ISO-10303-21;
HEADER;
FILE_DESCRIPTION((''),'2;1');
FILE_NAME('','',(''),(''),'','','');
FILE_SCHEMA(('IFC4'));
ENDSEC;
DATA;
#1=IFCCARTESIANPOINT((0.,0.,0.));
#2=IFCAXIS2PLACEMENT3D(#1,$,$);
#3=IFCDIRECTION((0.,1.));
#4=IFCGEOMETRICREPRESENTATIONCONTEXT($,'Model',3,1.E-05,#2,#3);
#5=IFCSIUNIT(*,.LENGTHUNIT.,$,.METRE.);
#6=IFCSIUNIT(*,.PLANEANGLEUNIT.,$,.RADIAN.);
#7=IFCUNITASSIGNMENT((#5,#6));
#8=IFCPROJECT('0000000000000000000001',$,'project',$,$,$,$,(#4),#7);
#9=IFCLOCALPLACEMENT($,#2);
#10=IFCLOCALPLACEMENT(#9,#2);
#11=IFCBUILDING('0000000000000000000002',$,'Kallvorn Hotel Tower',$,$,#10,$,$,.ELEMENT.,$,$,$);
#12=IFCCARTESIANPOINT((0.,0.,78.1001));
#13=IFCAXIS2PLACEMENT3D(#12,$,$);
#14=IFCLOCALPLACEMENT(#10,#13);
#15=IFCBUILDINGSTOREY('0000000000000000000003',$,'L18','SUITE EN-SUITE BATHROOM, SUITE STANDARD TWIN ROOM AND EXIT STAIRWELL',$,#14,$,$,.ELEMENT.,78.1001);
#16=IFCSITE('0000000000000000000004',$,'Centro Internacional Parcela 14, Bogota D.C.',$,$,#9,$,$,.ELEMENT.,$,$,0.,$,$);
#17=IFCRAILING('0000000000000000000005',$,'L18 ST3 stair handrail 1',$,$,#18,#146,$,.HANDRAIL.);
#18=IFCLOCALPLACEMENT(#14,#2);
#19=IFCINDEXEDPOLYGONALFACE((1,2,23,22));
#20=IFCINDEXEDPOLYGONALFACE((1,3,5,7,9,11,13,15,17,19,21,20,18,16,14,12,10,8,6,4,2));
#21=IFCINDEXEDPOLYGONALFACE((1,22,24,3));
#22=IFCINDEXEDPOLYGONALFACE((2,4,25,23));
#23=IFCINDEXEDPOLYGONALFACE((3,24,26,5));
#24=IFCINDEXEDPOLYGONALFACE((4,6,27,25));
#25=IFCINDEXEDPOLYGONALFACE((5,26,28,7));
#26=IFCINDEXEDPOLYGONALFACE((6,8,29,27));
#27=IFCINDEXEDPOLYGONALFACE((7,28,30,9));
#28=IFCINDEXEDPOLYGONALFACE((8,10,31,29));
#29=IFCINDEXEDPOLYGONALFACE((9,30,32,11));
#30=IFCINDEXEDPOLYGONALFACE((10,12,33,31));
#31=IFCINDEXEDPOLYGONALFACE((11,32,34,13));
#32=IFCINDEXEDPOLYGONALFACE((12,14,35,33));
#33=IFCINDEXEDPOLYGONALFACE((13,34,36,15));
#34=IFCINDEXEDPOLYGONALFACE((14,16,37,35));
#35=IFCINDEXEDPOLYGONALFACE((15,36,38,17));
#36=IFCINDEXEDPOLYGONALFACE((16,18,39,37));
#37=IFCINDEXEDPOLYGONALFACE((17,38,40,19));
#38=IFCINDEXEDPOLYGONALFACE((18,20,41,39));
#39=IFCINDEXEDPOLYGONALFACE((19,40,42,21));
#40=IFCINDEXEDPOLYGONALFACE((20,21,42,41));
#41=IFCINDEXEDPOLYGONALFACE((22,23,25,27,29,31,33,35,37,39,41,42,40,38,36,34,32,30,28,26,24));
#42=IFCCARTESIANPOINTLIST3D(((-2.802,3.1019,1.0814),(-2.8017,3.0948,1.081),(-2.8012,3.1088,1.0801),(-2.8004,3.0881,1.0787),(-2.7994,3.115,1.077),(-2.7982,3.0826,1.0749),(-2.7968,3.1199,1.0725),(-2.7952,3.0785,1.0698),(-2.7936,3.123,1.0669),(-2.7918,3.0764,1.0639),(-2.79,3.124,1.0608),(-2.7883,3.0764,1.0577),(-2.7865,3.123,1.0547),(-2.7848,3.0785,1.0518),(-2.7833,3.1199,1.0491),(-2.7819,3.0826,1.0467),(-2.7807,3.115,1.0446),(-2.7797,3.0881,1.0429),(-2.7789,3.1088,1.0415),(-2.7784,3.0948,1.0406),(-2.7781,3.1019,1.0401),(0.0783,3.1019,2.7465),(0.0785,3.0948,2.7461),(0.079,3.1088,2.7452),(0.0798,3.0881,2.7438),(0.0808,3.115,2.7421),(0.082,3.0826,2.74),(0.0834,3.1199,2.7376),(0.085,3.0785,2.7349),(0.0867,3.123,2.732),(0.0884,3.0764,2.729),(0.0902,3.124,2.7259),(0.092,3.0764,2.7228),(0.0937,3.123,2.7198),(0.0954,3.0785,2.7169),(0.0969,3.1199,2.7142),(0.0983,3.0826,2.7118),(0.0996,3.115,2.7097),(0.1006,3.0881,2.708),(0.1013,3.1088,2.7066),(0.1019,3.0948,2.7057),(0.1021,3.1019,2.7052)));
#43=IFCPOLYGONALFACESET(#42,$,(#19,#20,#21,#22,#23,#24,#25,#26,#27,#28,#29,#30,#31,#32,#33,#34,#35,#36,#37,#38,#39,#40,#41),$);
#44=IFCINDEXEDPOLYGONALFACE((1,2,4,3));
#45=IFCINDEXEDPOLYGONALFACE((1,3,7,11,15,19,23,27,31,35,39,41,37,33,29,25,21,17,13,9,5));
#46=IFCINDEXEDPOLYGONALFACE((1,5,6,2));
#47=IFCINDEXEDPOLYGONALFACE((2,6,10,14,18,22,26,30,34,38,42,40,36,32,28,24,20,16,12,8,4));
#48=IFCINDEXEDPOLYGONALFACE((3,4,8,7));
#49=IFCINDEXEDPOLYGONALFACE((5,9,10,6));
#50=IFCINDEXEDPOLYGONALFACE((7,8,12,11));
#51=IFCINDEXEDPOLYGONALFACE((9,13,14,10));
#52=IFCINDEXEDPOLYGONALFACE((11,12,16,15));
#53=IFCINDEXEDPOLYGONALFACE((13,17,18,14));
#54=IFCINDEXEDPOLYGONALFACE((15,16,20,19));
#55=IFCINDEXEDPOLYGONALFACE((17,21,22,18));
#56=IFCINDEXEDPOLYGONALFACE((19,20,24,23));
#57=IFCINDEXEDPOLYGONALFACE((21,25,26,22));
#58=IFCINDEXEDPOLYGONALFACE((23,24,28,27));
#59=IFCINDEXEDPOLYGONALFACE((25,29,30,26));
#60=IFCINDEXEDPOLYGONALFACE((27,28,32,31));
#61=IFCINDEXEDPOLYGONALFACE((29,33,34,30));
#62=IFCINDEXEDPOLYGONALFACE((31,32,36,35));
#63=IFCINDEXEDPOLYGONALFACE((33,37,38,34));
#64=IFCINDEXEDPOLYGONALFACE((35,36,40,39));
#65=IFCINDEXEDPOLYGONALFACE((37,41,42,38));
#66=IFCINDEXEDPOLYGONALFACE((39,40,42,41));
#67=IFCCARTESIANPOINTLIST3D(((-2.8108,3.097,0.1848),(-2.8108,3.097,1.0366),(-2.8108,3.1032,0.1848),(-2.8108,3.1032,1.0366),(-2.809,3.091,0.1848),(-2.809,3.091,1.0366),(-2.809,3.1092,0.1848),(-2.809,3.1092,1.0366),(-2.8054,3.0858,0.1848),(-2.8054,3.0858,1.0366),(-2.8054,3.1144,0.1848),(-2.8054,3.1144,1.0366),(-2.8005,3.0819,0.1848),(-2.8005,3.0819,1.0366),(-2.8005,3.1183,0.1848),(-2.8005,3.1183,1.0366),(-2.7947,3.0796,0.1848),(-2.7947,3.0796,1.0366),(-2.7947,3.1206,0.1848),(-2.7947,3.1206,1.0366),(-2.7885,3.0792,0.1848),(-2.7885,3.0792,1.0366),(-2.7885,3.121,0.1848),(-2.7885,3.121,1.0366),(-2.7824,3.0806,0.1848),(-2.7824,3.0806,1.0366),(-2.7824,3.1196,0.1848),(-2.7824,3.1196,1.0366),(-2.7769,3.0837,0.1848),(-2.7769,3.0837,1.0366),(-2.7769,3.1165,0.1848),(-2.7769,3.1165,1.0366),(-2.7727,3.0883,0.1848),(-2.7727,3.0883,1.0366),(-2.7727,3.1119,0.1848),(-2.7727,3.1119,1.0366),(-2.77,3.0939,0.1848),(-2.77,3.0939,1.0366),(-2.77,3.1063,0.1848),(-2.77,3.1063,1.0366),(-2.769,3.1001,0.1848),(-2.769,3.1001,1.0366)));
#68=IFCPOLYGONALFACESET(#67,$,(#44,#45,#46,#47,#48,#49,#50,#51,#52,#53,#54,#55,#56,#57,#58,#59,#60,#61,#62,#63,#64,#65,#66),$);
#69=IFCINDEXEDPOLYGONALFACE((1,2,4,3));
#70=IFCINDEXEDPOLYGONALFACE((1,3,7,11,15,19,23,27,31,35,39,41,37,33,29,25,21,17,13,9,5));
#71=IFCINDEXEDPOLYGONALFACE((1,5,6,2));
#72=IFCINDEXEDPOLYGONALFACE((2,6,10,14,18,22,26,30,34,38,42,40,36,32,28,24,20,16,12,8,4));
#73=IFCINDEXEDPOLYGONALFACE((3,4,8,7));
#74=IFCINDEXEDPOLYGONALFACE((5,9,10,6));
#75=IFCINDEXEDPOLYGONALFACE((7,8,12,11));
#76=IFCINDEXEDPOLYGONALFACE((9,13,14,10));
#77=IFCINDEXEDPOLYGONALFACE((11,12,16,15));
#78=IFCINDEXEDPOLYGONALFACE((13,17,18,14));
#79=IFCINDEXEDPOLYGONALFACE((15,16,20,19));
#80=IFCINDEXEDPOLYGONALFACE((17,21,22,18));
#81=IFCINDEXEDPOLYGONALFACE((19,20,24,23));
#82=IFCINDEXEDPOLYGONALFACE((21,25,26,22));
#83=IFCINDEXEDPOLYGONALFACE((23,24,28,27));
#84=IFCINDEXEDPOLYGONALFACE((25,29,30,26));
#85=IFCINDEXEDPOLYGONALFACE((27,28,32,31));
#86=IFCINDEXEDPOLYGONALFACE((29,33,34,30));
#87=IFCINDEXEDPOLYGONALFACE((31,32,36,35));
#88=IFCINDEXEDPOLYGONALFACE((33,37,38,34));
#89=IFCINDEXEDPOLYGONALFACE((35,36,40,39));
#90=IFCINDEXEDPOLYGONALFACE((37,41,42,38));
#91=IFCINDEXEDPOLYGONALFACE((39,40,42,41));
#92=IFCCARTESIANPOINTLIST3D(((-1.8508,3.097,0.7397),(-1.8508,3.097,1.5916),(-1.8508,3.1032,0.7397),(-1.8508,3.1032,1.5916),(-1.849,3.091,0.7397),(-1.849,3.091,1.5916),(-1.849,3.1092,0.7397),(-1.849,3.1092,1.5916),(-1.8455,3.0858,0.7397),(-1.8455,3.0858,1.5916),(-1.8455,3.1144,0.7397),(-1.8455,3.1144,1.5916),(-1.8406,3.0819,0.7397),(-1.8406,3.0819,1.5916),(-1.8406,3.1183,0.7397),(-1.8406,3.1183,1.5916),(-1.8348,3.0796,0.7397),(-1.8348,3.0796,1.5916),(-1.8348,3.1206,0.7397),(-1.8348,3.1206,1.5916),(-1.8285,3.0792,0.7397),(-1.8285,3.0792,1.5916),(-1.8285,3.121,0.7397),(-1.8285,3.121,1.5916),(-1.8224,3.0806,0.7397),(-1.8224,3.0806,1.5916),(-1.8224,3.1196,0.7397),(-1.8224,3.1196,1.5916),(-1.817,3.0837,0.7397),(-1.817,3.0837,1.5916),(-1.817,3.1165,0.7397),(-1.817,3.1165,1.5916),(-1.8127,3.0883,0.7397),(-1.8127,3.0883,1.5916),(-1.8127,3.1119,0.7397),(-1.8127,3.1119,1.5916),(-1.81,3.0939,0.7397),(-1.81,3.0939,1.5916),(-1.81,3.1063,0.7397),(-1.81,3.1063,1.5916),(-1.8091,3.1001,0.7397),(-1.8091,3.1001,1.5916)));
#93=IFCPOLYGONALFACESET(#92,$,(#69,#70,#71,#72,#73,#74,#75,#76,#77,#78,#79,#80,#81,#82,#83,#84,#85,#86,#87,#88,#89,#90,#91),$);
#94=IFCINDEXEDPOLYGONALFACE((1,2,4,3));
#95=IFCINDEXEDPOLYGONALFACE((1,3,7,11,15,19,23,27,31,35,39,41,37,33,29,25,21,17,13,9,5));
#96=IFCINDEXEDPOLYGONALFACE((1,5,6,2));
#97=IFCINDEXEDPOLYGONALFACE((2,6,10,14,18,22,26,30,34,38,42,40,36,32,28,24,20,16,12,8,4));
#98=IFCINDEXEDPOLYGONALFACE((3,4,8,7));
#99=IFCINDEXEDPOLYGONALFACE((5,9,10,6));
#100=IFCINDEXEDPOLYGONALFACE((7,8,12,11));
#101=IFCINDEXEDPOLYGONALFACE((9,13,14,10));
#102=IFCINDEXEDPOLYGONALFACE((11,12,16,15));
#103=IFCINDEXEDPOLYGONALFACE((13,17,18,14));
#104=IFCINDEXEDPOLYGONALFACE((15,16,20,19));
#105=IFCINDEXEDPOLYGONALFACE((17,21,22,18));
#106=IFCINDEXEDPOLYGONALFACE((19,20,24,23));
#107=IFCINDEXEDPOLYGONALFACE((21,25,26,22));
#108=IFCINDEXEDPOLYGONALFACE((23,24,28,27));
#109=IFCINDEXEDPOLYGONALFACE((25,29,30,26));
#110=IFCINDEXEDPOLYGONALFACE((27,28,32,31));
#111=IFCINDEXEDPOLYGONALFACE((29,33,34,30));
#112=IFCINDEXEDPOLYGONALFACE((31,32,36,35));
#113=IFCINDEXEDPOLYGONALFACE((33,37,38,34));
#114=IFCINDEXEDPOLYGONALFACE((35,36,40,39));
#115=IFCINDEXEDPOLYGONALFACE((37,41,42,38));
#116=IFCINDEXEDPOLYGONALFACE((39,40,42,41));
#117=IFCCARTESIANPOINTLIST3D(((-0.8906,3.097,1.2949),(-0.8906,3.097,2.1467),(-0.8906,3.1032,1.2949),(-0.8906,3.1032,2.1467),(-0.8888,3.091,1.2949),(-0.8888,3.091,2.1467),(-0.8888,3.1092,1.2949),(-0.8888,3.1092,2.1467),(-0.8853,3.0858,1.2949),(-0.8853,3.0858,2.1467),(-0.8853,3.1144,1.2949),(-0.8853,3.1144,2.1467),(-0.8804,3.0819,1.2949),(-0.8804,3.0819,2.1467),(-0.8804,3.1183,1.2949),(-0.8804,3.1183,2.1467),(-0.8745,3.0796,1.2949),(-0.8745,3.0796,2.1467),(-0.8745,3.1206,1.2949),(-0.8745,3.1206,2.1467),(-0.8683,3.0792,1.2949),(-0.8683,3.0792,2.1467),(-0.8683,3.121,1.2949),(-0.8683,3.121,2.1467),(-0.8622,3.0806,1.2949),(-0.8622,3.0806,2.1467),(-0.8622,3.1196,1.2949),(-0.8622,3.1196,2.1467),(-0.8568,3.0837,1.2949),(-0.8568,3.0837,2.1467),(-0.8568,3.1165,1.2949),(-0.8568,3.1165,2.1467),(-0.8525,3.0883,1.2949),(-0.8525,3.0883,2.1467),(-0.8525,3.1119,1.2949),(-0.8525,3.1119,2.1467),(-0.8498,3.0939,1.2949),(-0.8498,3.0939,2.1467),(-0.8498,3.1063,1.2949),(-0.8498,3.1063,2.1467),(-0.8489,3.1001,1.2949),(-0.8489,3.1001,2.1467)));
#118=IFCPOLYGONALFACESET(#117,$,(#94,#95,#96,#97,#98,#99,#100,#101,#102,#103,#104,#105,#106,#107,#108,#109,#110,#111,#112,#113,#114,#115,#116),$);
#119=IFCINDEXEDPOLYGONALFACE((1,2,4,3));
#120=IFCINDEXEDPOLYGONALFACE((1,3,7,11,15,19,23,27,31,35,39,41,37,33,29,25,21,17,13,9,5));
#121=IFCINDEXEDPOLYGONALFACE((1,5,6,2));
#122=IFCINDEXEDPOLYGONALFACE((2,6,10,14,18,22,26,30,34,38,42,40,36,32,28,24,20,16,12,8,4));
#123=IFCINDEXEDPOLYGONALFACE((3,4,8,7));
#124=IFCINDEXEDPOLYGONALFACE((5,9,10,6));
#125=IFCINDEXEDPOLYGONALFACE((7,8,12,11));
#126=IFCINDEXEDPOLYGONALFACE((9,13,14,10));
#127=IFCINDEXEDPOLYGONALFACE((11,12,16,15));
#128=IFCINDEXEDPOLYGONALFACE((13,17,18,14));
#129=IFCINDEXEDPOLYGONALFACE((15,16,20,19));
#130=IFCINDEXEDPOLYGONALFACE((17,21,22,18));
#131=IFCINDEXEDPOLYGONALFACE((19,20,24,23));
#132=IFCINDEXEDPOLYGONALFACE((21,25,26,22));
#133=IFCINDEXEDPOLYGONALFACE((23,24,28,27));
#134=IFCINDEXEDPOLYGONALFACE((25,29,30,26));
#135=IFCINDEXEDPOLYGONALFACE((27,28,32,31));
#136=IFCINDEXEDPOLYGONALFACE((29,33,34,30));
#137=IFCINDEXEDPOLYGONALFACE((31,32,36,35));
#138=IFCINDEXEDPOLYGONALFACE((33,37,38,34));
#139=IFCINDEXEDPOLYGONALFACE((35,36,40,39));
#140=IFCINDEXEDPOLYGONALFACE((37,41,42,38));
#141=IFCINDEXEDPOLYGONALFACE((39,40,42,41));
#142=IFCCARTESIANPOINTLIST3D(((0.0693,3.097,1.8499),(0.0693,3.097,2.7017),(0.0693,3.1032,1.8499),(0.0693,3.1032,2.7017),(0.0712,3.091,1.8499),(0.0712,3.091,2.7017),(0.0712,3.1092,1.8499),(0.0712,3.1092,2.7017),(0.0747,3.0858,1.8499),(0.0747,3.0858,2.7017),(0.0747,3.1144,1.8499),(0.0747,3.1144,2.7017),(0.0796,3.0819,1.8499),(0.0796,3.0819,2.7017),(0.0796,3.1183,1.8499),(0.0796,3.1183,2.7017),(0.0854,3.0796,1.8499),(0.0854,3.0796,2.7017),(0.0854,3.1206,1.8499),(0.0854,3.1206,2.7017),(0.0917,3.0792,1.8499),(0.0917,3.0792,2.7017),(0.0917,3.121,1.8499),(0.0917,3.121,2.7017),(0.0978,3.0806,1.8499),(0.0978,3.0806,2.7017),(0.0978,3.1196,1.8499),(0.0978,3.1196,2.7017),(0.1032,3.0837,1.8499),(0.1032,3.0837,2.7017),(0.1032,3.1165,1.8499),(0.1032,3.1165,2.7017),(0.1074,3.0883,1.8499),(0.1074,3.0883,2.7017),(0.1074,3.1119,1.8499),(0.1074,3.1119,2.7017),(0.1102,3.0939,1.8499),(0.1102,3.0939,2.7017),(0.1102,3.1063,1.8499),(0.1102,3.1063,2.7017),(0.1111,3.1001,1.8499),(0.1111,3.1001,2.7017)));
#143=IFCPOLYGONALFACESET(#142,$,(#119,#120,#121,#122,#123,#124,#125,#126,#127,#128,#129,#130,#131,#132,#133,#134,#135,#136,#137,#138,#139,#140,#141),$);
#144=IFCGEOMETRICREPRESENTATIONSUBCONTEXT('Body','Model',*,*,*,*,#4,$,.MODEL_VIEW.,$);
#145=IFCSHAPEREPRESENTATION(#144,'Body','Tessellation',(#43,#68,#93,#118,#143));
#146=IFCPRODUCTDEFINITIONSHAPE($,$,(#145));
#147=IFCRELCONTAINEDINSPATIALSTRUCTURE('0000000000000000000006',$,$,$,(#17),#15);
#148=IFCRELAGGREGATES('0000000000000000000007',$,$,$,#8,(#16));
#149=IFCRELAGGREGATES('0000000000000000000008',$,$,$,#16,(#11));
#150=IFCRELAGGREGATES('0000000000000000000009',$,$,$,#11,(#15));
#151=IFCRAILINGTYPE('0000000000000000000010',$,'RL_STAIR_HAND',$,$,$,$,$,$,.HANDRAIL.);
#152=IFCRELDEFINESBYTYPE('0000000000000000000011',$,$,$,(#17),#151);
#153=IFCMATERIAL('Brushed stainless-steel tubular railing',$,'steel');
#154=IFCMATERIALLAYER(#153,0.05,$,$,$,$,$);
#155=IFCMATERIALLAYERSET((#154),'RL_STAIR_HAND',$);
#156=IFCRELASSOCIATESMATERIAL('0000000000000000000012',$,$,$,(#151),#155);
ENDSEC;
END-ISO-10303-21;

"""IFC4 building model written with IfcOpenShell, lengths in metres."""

from ifc_helpers import new_model, si_unit, direction, frame, origin, origin_2d, place, context, subcontext, project, spatial, circle, extrude, material, layer, layer_set, type_object, element, save


model = new_model("IFC4")

# Units and contexts
model_context = context("Model", 3, precision=1e-05, world=origin(), true_north=direction((0.0, 1.0)))
body_context = subcontext(model_context, "Body", "Model", "MODEL_VIEW")
ifc_project = project(units=[si_unit("LENGTHUNIT", "METRE"), si_unit("PLANEANGLEUNIT", "RADIAN")], contexts=[model_context])

# Site, building, storey
site_placement = place(None, origin())
site = spatial("IfcSite", under=ifc_project, at=site_placement, Name="Centro Internacional Parcela 14, Bogota D.C.", CompositionType="ELEMENT", RefElevation=0.0)
building_placement = place(site_placement, origin())
building = spatial("IfcBuilding", under=site, at=building_placement, Name="Kallvorn Hotel Tower", CompositionType="ELEMENT")
storey_placement = place(building_placement, frame((0.0, 0.0, 78.1001)))
storey = spatial("IfcBuildingStorey", under=building, at=storey_placement, Name="L18", Description="SUITE EN-SUITE BATHROOM, SUITE STANDARD TWIN ROOM AND EXIT STAIRWELL", CompositionType="ELEMENT", Elevation=78.1001)

# Railing
ifc_material_1 = material(Name="Brushed stainless-steel tubular railing", Category="steel")
ifc_layer_1 = layer(ifc_material_1, 0.05)
ifc_layer_set_1 = layer_set([ifc_layer_1], Name="RL_STAIR_HAND")
railing_type_1 = type_object("IfcRailingType", Name="RL_STAIR_HAND", PredefinedType="HANDRAIL", material=ifc_layer_set_1)
railing_1_placement = place(storey_placement, frame((-2.79, 3.1001, 0.1848)))
element("IfcRailing", 1, at=railing_1_placement, inside=storey, type_object=railing_type_1, Name="L18 ST3 stair handrail 1", PredefinedType="HANDRAIL", context=body_context, shape_type="SweptSolid", body=[
    extrude(circle(Radius=0.0239, at=origin_2d()), frame((0.0, 0.0, 0.876), z_axis=(0.865739, 0.0, 0.500495), x_axis=(0.0, 1.0, 0.0)), (0.0, 0.0, 1.0), 3.3269),
    extrude(circle(Radius=0.021, at=origin_2d()), origin(), (0.0, 0.0, 1.0), 0.8518),
    extrude(circle(Radius=0.021, at=origin_2d()), frame((0.96, 0.0, 0.5549)), (0.0, 0.0, 1.0), 0.8518),
    extrude(circle(Radius=0.021, at=origin_2d()), frame((1.9202, 0.0, 1.1101)), (0.0, 0.0, 1.0), 0.8518),
    extrude(circle(Radius=0.021, at=origin_2d()), frame((2.8801, 0.0, 1.665)), (0.0, 0.0, 1.0), 0.8518),
])

save(model, "model.ifc")
